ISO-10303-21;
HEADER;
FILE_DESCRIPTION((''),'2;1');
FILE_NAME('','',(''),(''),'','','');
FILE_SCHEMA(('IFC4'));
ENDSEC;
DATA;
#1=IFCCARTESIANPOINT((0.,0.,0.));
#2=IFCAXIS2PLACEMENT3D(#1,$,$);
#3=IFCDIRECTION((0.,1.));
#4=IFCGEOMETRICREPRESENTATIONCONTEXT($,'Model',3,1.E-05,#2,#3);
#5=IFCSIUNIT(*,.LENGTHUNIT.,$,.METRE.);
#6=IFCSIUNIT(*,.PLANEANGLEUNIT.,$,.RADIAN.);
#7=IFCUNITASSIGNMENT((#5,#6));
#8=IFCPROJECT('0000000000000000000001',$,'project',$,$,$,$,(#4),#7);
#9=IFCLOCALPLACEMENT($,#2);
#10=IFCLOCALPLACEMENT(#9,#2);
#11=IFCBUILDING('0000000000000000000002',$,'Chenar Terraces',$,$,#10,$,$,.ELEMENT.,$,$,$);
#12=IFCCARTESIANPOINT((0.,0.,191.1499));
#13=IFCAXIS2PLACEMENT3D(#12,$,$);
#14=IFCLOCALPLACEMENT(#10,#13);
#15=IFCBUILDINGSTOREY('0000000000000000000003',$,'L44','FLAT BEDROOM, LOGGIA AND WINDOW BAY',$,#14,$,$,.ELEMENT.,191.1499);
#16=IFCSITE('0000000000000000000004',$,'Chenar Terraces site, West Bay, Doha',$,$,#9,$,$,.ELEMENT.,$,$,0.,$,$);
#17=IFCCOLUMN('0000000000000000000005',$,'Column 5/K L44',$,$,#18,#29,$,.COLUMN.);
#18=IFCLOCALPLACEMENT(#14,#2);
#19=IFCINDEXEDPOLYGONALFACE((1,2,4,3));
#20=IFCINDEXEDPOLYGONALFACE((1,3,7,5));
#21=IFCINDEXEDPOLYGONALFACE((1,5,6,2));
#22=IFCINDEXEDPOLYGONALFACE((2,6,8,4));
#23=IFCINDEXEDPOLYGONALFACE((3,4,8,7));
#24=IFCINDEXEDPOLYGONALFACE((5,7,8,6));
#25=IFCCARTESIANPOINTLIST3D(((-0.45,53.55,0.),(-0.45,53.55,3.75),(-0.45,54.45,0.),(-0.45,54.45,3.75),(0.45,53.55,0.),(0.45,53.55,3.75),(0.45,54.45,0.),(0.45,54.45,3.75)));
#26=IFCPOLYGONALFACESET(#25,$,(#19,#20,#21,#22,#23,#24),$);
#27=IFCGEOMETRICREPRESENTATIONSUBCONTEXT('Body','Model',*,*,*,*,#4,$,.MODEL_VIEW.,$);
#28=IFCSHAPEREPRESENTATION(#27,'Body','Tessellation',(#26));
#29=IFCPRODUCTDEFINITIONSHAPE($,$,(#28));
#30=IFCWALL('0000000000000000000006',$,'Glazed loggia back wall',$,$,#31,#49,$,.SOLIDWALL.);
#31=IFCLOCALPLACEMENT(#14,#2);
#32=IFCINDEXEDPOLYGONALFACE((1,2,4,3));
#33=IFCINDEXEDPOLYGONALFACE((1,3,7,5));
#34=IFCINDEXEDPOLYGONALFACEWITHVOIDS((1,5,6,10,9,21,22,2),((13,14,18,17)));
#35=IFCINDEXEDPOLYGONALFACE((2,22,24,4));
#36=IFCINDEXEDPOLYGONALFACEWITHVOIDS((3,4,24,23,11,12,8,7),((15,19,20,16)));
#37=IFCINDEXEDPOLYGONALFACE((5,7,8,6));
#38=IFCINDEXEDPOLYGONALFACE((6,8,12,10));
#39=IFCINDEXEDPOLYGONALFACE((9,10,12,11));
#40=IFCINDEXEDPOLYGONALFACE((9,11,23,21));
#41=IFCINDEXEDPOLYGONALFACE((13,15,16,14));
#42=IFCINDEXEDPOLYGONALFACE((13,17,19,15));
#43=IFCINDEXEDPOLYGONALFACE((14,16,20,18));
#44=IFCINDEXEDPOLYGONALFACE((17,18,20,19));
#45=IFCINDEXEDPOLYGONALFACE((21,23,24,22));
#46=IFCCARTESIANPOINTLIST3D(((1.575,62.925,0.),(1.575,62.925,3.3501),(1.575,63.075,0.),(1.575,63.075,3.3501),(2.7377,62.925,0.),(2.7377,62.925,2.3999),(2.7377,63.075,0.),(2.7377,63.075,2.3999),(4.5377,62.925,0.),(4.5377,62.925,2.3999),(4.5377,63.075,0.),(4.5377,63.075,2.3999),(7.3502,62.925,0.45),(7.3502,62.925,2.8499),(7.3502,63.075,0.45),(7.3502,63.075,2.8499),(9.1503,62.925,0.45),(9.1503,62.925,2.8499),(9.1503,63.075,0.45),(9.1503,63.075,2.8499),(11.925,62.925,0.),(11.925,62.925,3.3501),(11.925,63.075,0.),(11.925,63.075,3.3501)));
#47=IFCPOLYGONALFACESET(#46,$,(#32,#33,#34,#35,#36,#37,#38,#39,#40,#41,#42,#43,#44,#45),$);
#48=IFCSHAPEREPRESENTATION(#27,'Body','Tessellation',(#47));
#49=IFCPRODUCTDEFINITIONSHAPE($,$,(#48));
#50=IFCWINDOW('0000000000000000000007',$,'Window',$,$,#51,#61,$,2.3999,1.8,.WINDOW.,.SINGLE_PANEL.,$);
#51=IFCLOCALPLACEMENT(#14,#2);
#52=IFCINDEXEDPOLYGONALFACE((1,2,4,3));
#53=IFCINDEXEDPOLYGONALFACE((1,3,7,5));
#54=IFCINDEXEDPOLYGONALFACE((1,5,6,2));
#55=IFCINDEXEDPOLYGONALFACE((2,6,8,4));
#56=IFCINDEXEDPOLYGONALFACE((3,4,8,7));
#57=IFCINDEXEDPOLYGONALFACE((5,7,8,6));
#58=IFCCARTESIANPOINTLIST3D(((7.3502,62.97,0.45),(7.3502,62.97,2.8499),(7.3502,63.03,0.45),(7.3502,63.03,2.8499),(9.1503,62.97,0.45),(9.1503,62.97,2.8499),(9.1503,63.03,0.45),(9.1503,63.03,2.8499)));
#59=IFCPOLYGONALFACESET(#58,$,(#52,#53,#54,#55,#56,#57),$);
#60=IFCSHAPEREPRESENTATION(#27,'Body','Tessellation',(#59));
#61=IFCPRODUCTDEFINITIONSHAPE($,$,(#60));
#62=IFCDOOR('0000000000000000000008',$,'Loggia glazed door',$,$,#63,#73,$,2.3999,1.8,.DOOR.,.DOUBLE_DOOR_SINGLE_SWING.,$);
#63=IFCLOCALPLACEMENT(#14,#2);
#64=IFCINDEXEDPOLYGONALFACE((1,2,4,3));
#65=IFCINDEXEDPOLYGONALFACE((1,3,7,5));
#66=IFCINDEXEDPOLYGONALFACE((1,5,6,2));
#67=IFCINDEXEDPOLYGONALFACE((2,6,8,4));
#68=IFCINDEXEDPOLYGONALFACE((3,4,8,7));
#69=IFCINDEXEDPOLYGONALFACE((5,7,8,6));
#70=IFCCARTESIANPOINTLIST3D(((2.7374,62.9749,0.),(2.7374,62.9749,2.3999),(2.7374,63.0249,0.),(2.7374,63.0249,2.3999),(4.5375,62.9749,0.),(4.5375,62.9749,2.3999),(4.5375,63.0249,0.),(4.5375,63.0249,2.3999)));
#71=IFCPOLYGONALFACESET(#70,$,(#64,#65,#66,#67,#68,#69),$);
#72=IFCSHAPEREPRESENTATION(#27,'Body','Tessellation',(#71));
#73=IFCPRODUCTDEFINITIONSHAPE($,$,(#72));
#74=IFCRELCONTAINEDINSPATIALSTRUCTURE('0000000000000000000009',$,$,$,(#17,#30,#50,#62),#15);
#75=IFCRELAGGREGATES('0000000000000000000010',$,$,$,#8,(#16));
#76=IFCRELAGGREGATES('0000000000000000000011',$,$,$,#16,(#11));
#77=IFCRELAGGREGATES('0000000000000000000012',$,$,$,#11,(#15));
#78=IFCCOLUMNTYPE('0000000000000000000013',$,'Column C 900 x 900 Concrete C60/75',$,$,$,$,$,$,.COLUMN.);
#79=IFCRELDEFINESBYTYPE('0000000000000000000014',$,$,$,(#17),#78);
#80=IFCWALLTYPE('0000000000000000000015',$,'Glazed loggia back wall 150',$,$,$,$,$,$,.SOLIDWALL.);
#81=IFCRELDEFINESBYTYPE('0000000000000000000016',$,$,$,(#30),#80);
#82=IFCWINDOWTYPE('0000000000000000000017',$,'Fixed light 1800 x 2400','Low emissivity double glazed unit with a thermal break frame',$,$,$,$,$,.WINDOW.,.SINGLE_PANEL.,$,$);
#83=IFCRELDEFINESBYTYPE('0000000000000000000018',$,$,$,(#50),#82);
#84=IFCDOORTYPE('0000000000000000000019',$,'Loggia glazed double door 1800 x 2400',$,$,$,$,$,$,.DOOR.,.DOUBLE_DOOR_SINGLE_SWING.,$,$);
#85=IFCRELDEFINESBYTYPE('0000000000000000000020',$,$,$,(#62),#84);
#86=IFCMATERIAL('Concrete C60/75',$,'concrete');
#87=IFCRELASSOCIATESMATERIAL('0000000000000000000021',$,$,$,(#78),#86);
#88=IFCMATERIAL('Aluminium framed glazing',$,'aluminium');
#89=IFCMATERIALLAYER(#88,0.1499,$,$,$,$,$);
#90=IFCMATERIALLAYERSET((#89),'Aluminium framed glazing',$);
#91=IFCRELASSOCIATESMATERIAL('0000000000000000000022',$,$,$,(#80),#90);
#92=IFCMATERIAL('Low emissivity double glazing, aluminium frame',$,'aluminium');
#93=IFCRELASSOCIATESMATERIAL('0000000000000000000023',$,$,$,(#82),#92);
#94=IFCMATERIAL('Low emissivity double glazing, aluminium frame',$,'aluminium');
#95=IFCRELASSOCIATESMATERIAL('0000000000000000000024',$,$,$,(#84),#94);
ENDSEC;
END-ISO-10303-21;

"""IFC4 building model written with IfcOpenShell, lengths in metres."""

from ifc_helpers import new_model, si_unit, direction, frame, frame_2d, origin, origin_2d, place, context, subcontext, project, spatial, rectangle, extrude, material, layer, layer_set, material_profile, profile_set, type_object, element, fill, save


model = new_model("IFC4")

# Units and contexts
model_context = context("Model", 3, precision=1e-05, world=origin(), true_north=direction((0.0, 1.0)))
body_context = subcontext(model_context, "Body", "Model", "MODEL_VIEW")
ifc_project = project(units=[si_unit("LENGTHUNIT", "METRE"), si_unit("PLANEANGLEUNIT", "RADIAN")], contexts=[model_context])

# Site, building, storey
site_placement = place(None, origin())
site = spatial("IfcSite", under=ifc_project, at=site_placement, Name="Chenar Terraces site, West Bay, Doha", CompositionType="ELEMENT", RefElevation=0.0)
building_placement = place(site_placement, origin())
building = spatial("IfcBuilding", under=site, at=building_placement, Name="Chenar Terraces", CompositionType="ELEMENT")
storey_placement = place(building_placement, frame((0.0, 0.0, 191.1499)))
storey = spatial("IfcBuildingStorey", under=building, at=storey_placement, Name="L44", Description="FLAT BEDROOM, LOGGIA AND WINDOW BAY", CompositionType="ELEMENT", Elevation=191.1499)

# Column
ifc_material_1 = material(Name="Concrete C60/75", Category="concrete")
ifc_material_profile = material_profile(ifc_material_1, rectangle(XDim=0.8999, YDim=0.8999, at=origin_2d()), Name="C 900 x 900")
ifc_profile_set = profile_set([ifc_material_profile], Name="Concrete C60/75")
column_type = type_object("IfcColumnType", Name="Column C 900 x 900 Concrete C60/75", PredefinedType="COLUMN", material=ifc_profile_set)
column_placement = place(storey_placement, frame((0.0, 54.0, 0.0), z_axis=(0.0, 0.0, 1.0), x_axis=(1.0, 0.0, 0.0)))
element("IfcColumn", 1, at=column_placement, inside=storey, type_object=column_type, Name="Column 5/K L44", PredefinedType="COLUMN", context=body_context, shape_type="SweptSolid", body=[
    extrude(rectangle(XDim=0.8999, YDim=0.8999, at=origin_2d()), origin(), (0.0, 0.0, 1.0), 3.75),
])

# Wall, openings, window, door
ifc_material_2 = material(Name="Aluminium framed glazing", Category="aluminium")
ifc_layer_1 = layer(ifc_material_2, 0.1499)
ifc_layer_set_1 = layer_set([ifc_layer_1], Name="Aluminium framed glazing")
wall_type_1 = type_object("IfcWallType", Name="Glazed loggia back wall 150", PredefinedType="SOLIDWALL", material=ifc_layer_set_1)
wall_1_placement = place(storey_placement, frame((11.925, 63.0, 0.0), z_axis=(0.0, 0.0, 1.0), x_axis=(-1.0, 0.0, 0.0)))
wall_1 = element("IfcWall", 2, at=wall_1_placement, inside=storey, type_object=wall_type_1, Name="Glazed loggia back wall", PredefinedType="SOLIDWALL", context=body_context, shape_type="SweptSolid", body=[
    extrude(rectangle(XDim=10.3501, YDim=0.1499, at=frame_2d((5.175, 0.0))), origin(), (0.0, 0.0, 1.0), 3.3501),
])
opening_1_placement = place(wall_1_placement, frame((2.7749, 0.0, 0.45)))
opening_1 = element("IfcOpeningElement", 3, at=opening_1_placement, cuts=wall_1, PredefinedType="OPENING", context=body_context, shape_type="SweptSolid", body=[
    extrude(rectangle(XDim=1.8, YDim=2.3999, at=frame_2d((0.8999, 1.2))), frame((0.0, 0.085, 0.0), z_axis=(0.0, -1.0, 0.0), x_axis=(1.0, 0.0, 0.0)), (0.0, 0.0, 1.0), 0.1699),
])
opening_2_placement = place(wall_1_placement, frame((7.3875, 0.0, 0.0)))
opening_2 = element("IfcOpeningElement", 4, at=opening_2_placement, cuts=wall_1, PredefinedType="OPENING", context=body_context, shape_type="SweptSolid", body=[
    extrude(rectangle(XDim=1.8, YDim=2.3999, at=frame_2d((0.8999, 1.2))), frame((0.0, 0.085, 0.0), z_axis=(0.0, -1.0, 0.0), x_axis=(1.0, 0.0, 0.0)), (0.0, 0.0, 1.0), 0.1699),
])
ifc_material_3 = material(Name="Low emissivity double glazing, aluminium frame", Category="aluminium")
window_type_1 = type_object("IfcWindowType", Name="Fixed light 1800 x 2400", Description="Low emissivity double glazed unit with a thermal break frame", PartitioningType="SINGLE_PANEL", PredefinedType="WINDOW", material=ifc_material_3)
window_1_placement = place(opening_1_placement, origin())
window_1 = element("IfcWindow", 5, at=window_1_placement, inside=storey, type_object=window_type_1, Name="Window", OverallHeight=2.3999, OverallWidth=1.8, PartitioningType="SINGLE_PANEL", PredefinedType="WINDOW", context=body_context, shape_type="SweptSolid", body=[
    extrude(rectangle(XDim=1.8, YDim=2.3999, at=frame_2d((0.8999, 1.2))), frame((0.0, 0.03, 0.0), z_axis=(0.0, -1.0, 0.0), x_axis=(1.0, 0.0, 0.0)), (0.0, 0.0, 1.0), 0.0601),
])
fill(opening_1, window_1)
ifc_material_4 = material(Name="Low emissivity double glazing, aluminium frame", Category="aluminium")
door_type_1 = type_object("IfcDoorType", Name="Loggia glazed double door 1800 x 2400", OperationType="DOUBLE_DOOR_SINGLE_SWING", PredefinedType="DOOR", material=ifc_material_4)
door_1_placement = place(opening_2_placement, frame((1.8, 0.0, 0.0), z_axis=(0.0, 0.0, 1.0), x_axis=(-1.0, 0.0, 0.0)))
door_1 = element("IfcDoor", 6, at=door_1_placement, inside=storey, type_object=door_type_1, Name="Loggia glazed door", OperationType="DOUBLE_DOOR_SINGLE_SWING", OverallHeight=2.3999, OverallWidth=1.8, PredefinedType="DOOR", context=body_context, shape_type="SweptSolid", body=[
    extrude(rectangle(XDim=1.8, YDim=2.3999, at=frame_2d((0.8999, 1.2))), frame((0.0, 0.0249, 0.0), z_axis=(0.0, -1.0, 0.0), x_axis=(1.0, 0.0, 0.0)), (0.0, 0.0, 1.0), 0.05),
])
fill(opening_2, door_1)

save(model, "model.ifc")
